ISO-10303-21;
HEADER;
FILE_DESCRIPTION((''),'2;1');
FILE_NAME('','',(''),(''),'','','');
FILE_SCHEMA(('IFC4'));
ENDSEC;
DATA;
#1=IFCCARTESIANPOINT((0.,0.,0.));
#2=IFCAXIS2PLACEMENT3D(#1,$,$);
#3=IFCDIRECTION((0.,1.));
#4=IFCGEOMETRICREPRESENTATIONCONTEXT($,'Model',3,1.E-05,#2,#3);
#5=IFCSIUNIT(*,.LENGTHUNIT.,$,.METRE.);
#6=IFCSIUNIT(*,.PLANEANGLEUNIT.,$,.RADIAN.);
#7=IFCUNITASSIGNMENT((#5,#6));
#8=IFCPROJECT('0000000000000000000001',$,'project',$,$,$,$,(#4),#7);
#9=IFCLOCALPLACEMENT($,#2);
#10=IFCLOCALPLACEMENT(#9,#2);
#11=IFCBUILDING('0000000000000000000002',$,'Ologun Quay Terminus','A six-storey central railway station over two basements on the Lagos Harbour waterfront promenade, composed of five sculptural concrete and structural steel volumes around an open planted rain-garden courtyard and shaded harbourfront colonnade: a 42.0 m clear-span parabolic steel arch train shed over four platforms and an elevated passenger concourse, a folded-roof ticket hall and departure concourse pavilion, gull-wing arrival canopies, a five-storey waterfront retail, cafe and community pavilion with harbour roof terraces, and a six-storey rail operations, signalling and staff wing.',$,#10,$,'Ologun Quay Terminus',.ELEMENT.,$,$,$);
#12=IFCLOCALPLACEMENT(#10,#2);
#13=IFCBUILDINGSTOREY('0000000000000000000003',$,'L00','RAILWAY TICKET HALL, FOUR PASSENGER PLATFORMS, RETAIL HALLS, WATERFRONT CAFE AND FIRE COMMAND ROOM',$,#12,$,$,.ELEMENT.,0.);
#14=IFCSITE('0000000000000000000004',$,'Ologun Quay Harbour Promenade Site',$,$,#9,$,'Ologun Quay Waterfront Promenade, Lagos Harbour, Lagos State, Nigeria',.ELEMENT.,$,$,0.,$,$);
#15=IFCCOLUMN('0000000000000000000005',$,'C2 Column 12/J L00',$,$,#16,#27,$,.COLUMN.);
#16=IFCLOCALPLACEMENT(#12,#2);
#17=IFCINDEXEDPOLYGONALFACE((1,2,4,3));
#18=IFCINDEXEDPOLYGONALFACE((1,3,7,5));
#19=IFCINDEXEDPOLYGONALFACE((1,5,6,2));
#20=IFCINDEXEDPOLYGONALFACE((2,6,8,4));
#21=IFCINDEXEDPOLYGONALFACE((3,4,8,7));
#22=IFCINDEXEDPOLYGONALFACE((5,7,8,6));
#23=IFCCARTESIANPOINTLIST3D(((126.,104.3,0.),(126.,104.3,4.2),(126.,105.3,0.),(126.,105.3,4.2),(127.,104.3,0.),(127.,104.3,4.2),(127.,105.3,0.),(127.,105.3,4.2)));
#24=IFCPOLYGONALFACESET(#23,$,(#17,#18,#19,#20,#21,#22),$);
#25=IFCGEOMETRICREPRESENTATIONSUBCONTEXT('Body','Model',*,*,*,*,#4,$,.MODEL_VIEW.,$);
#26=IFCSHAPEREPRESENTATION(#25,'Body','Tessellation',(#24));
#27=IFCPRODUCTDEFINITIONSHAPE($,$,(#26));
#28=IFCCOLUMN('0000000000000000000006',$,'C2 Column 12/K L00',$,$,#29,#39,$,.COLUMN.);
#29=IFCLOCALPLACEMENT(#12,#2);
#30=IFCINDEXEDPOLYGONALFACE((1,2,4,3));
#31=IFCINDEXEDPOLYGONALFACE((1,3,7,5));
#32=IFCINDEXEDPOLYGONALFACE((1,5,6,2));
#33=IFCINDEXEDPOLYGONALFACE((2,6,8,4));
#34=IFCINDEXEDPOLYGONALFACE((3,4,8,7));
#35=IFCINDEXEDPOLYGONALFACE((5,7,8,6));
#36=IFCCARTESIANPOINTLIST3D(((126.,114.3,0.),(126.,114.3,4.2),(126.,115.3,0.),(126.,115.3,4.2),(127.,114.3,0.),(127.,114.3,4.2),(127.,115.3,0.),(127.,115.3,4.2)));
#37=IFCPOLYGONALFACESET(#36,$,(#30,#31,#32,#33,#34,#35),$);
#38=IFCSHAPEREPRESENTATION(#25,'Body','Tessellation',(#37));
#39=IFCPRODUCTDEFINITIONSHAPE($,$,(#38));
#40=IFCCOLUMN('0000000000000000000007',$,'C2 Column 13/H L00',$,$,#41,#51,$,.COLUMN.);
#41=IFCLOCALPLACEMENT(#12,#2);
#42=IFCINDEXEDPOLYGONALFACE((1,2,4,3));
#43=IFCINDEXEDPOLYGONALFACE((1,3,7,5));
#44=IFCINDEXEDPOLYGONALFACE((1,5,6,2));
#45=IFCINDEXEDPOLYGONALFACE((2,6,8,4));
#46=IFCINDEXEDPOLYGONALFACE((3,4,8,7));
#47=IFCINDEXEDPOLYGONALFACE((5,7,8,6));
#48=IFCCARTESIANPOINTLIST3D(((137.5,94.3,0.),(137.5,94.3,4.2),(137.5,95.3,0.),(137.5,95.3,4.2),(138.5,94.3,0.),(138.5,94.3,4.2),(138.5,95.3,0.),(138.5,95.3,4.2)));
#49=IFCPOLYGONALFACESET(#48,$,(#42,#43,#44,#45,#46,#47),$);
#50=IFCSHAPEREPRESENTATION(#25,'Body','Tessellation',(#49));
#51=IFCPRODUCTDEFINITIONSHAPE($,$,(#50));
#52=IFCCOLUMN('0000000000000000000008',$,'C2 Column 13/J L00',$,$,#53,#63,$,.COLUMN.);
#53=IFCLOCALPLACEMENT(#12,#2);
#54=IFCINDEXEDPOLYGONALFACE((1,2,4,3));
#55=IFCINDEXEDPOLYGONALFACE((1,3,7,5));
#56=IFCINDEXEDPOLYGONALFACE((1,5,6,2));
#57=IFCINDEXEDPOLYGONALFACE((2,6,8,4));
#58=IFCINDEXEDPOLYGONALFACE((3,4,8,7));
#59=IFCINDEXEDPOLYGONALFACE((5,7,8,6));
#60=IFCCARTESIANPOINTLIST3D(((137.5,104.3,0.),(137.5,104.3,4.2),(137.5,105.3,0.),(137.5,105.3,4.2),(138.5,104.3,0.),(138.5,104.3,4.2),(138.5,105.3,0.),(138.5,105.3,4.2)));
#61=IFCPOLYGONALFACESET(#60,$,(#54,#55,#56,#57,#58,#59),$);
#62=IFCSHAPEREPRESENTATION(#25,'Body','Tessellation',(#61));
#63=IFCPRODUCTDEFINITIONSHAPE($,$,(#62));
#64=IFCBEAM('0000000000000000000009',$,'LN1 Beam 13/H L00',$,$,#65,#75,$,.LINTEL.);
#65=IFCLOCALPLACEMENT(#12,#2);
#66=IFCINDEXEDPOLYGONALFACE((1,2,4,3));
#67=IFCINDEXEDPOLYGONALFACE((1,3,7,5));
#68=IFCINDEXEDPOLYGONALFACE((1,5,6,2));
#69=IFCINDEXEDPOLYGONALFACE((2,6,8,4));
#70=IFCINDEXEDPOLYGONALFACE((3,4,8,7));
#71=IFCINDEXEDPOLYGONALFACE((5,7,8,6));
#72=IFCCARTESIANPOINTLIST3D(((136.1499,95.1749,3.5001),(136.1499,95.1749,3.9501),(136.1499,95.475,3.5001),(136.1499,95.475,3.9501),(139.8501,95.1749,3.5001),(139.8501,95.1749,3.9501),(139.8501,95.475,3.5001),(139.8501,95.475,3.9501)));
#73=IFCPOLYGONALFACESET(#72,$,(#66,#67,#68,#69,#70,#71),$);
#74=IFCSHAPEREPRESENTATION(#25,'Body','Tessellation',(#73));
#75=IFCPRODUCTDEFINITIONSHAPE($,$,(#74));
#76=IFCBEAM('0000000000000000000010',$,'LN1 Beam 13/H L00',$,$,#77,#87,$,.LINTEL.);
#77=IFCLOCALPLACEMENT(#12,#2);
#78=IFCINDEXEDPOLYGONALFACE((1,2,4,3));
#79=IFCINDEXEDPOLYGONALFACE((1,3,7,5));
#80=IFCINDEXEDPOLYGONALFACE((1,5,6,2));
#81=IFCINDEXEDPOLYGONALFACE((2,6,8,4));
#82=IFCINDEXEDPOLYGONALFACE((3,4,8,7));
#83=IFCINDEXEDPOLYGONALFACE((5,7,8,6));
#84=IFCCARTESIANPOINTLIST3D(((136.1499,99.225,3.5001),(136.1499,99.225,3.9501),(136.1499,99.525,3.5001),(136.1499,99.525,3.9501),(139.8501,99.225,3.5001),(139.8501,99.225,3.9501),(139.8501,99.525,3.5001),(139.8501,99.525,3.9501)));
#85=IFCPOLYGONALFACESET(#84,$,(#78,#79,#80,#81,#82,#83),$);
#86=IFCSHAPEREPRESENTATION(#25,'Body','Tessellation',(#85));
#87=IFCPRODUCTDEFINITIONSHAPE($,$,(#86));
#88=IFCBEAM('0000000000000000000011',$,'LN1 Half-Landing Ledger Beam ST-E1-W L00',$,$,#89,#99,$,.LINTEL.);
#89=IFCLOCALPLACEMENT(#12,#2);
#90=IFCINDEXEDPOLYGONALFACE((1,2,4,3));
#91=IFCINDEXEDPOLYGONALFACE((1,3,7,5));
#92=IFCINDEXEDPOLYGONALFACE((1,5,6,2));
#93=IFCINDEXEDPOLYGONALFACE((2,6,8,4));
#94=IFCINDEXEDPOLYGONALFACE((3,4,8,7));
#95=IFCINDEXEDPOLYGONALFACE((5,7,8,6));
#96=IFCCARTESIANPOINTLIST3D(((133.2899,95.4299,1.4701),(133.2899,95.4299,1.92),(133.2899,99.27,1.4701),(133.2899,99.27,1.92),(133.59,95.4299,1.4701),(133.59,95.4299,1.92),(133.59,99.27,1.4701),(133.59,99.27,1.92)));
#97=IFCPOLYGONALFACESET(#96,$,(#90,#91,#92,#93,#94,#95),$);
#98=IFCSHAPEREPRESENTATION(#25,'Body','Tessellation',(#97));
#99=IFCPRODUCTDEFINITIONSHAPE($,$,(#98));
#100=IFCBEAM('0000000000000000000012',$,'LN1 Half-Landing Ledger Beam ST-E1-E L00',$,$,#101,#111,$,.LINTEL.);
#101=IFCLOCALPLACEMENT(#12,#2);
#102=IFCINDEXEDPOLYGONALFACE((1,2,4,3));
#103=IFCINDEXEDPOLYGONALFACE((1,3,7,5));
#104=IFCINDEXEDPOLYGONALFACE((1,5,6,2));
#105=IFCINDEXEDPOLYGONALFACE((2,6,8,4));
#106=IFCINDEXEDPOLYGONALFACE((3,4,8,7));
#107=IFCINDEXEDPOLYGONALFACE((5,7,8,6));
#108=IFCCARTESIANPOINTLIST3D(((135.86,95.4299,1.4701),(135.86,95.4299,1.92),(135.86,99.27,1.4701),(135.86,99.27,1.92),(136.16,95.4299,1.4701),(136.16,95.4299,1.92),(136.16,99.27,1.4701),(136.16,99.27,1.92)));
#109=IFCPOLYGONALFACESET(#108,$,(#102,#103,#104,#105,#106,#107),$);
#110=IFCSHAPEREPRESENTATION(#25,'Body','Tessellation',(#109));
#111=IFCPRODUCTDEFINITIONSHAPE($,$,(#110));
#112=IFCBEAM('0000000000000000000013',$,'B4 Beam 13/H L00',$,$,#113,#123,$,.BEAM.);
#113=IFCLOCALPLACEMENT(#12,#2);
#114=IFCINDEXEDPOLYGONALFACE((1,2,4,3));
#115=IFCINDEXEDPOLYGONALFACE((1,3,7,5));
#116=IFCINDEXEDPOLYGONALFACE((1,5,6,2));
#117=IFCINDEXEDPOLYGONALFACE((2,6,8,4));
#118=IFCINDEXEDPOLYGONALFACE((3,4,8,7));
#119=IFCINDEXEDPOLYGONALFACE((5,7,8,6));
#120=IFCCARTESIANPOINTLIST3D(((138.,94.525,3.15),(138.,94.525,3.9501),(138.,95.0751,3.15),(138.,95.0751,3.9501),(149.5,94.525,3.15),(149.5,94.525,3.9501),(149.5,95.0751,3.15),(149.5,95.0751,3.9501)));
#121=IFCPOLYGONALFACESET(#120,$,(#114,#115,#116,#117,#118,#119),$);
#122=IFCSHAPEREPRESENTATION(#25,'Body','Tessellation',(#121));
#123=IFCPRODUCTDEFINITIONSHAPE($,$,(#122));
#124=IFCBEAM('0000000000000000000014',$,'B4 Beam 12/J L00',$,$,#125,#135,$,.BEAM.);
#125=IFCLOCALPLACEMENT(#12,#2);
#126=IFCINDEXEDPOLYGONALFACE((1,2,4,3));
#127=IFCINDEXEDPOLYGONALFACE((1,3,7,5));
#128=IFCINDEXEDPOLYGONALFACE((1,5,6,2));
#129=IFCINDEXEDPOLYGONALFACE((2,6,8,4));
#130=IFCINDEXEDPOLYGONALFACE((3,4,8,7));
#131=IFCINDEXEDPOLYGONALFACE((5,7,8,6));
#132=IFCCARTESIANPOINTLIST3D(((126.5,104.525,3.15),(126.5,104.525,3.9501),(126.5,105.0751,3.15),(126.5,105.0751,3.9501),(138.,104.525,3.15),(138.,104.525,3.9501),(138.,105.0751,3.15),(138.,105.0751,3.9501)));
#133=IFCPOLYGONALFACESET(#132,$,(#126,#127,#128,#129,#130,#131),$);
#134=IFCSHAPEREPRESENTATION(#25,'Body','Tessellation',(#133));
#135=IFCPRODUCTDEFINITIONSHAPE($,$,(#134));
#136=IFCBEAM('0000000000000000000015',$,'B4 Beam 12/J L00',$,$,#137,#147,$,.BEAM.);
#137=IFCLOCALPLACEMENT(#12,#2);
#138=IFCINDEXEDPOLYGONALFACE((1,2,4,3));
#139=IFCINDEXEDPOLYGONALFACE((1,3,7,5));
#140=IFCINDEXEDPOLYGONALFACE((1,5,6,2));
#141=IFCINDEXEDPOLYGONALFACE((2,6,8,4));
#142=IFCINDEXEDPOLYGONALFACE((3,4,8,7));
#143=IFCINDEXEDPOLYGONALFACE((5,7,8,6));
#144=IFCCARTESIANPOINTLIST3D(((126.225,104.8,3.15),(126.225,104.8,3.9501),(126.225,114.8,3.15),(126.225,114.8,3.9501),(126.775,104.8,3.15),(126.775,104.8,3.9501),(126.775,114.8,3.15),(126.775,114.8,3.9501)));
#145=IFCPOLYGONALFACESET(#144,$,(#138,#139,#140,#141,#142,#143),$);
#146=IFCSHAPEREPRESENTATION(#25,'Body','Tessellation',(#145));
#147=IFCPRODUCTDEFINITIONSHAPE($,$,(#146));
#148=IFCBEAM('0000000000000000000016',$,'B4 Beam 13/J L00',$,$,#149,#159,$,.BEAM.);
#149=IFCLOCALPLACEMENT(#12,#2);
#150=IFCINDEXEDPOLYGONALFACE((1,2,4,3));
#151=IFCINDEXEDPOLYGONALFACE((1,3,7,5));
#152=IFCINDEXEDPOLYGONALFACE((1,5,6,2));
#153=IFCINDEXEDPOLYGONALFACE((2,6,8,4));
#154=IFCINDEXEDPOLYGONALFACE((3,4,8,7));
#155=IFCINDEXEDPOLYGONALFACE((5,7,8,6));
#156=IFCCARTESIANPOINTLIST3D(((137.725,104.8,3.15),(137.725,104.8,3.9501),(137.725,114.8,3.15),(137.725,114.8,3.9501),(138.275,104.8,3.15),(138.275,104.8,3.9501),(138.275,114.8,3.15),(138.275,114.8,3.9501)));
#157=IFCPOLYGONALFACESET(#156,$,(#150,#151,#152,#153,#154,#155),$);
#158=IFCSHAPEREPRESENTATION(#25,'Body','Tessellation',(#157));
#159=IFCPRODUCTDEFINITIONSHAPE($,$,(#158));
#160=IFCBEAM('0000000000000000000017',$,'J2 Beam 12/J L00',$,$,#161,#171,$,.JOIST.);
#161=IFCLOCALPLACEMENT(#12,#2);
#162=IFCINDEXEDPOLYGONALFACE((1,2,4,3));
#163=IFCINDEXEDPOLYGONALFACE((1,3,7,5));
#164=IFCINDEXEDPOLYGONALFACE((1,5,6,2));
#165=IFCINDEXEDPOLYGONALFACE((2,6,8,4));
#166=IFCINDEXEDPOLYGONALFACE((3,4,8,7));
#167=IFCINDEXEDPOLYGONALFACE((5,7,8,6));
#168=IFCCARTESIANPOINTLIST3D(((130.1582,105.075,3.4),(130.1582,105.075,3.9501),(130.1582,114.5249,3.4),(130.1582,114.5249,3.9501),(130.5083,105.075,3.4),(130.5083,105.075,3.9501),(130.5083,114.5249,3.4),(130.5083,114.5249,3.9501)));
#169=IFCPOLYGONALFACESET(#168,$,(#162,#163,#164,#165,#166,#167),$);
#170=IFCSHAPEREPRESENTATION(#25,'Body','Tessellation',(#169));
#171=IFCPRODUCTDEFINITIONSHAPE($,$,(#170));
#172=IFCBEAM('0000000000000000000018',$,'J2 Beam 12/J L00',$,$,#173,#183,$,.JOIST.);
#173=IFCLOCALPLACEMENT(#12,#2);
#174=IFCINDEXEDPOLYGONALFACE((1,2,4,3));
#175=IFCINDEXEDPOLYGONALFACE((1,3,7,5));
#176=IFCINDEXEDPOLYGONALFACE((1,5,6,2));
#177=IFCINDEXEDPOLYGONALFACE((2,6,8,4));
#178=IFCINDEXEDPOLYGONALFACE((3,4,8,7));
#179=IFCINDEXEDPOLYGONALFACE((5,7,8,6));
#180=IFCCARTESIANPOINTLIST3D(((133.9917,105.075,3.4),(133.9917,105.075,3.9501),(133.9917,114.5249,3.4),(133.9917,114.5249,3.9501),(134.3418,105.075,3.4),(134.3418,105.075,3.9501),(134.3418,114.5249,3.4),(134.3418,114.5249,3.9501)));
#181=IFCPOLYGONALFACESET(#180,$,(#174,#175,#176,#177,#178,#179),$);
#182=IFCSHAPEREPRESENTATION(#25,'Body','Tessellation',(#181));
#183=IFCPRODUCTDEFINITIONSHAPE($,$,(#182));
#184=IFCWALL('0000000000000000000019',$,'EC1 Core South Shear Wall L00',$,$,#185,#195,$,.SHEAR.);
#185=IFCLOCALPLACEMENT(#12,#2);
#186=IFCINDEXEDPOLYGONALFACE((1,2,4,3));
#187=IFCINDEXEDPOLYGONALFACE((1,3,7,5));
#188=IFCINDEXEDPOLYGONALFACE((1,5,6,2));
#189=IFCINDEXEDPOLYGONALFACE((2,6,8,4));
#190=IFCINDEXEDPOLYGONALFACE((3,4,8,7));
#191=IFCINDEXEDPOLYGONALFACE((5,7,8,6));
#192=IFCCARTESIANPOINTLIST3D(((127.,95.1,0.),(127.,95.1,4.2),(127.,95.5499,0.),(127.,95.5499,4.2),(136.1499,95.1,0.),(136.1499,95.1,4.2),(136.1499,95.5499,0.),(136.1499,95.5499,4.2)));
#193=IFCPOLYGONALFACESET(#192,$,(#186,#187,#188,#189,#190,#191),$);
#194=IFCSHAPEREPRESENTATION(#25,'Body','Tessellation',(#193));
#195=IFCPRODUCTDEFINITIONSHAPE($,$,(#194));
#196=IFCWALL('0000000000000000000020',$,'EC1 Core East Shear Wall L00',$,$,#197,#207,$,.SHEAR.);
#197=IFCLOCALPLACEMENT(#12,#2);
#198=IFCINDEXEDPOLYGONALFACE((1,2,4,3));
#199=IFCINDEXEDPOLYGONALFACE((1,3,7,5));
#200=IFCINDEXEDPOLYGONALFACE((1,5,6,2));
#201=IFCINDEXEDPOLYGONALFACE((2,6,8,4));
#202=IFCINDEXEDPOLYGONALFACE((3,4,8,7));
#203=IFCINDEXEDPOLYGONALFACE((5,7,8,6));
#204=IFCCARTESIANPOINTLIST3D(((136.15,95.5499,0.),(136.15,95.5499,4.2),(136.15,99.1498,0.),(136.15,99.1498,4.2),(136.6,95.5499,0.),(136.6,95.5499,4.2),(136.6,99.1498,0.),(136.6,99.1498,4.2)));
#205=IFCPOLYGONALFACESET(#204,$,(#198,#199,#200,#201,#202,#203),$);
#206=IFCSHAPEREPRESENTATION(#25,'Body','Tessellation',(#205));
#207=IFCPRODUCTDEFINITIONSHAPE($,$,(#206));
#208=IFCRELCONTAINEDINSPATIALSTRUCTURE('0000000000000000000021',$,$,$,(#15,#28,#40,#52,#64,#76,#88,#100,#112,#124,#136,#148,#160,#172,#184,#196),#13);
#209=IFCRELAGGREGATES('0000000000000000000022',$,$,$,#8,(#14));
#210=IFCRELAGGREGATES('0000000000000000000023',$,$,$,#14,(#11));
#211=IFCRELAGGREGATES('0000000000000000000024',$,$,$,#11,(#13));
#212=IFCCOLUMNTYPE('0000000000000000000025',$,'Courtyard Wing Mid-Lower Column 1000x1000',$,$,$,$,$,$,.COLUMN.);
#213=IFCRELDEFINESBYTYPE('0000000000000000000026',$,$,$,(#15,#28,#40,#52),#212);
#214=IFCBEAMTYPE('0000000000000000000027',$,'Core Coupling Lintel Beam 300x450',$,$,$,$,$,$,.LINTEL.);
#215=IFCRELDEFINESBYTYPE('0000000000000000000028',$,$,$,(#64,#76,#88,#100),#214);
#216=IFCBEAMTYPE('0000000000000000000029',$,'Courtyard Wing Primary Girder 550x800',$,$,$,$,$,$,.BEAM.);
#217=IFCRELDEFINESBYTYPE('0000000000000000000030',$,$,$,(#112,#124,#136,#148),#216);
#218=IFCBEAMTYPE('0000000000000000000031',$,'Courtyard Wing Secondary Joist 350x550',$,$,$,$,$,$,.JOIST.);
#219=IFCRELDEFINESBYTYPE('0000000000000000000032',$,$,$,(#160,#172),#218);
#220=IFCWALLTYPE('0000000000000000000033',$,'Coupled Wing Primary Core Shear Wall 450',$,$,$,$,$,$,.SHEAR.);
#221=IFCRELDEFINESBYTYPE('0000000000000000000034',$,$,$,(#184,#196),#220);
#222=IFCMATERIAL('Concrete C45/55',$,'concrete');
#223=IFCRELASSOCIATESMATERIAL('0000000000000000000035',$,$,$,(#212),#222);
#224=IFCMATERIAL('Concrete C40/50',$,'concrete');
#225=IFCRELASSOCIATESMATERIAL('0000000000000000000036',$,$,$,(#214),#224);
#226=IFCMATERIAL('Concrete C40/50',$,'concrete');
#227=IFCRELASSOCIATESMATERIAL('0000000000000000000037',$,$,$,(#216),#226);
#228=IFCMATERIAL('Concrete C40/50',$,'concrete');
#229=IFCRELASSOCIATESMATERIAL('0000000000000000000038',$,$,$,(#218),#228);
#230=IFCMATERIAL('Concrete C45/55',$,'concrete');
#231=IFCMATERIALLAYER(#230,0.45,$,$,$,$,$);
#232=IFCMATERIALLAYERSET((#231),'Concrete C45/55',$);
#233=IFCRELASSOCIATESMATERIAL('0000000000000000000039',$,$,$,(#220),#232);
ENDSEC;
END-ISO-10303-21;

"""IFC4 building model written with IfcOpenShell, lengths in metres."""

from ifc_helpers import new_model, si_unit, direction, frame, frame_2d, origin, origin_2d, place, context, subcontext, project, spatial, rectangle, extrude, material, layer, layer_set, material_profile, profile_set, type_object, element, save


model = new_model("IFC4")

# Units and contexts
model_context = context("Model", 3, precision=1e-05, world=origin(), true_north=direction((0.0, 1.0)))
body_context = subcontext(model_context, "Body", "Model", "MODEL_VIEW")
ifc_project = project(units=[si_unit("LENGTHUNIT", "METRE"), si_unit("PLANEANGLEUNIT", "RADIAN")], contexts=[model_context])

# Site, building, storey
site_placement = place(None, origin())
site = spatial("IfcSite", under=ifc_project, at=site_placement, Name="Ologun Quay Harbour Promenade Site", LongName="Ologun Quay Waterfront Promenade, Lagos Harbour, Lagos State, Nigeria", CompositionType="ELEMENT", RefElevation=0.0)
building_placement = place(site_placement, origin())
building = spatial("IfcBuilding", under=site, at=building_placement, Name="Ologun Quay Terminus", Description="A six-storey central railway station over two basements on the Lagos Harbour waterfront promenade, composed of five sculptural concrete and structural steel volumes around an open planted rain-garden courtyard and shaded harbourfront colonnade: a 42.0 m clear-span parabolic steel arch train shed over four platforms and an elevated passenger concourse, a folded-roof ticket hall and departure concourse pavilion, gull-wing arrival canopies, a five-storey waterfront retail, cafe and community pavilion with harbour roof terraces, and a six-storey rail operations, signalling and staff wing.", LongName="Ologun Quay Terminus", CompositionType="ELEMENT")
storey_placement = place(building_placement, origin())
storey = spatial("IfcBuildingStorey", under=building, at=storey_placement, Name="L00", Description="RAILWAY TICKET HALL, FOUR PASSENGER PLATFORMS, RETAIL HALLS, WATERFRONT CAFE AND FIRE COMMAND ROOM", CompositionType="ELEMENT", Elevation=0.0)

# Columns
ifc_material_1 = material(Name="Concrete C45/55", Category="concrete")
ifc_material_profile_1 = material_profile(ifc_material_1, rectangle(XDim=1.0, YDim=1.0, at=origin_2d()), Name="RC 1000x1000")
ifc_profile_set_1 = profile_set([ifc_material_profile_1], Name="Concrete C45/55")
column_type = type_object("IfcColumnType", Name="Courtyard Wing Mid-Lower Column 1000x1000", PredefinedType="COLUMN", material=ifc_profile_set_1)
for number, where, z_axis, x_axis, name in (
    (1, (126.5, 104.8, 0.0), (0.0, 0.0, 1.0), (1.0, 0.0, 0.0), "C2 Column 12/J L00"),
    (2, (126.5, 114.8, 0.0), (0.0, 0.0, 1.0), (1.0, 0.0, 0.0), "C2 Column 12/K L00"),
    (3, (138.0, 94.8, 0.0), (0.0, 0.0, 1.0), (1.0, 0.0, 0.0), "C2 Column 13/H L00"),
    (4, (138.0, 104.8, 0.0), (0.0, 0.0, 1.0), (1.0, 0.0, 0.0), "C2 Column 13/J L00"),
):
    element("IfcColumn", number, at=place(storey_placement, frame(where, z_axis=z_axis, x_axis=x_axis)), inside=storey, type_object=column_type, Name=name, PredefinedType="COLUMN", context=body_context, shape_type="SweptSolid", body=[
        extrude(rectangle(XDim=1.0, YDim=1.0, at=origin_2d()), origin(), (0.0, 0.0, 1.0), 4.2),
    ])

# Beams
ifc_material_2 = material(Name="Concrete C40/50", Category="concrete")
ifc_material_profile_2 = material_profile(ifc_material_2, rectangle(XDim=0.3, YDim=0.45, at=origin_2d()), Name="RC 300x450")
ifc_profile_set_2 = profile_set([ifc_material_profile_2], Name="Concrete C40/50")
beam_type_1 = type_object("IfcBeamType", Name="Core Coupling Lintel Beam 300x450", PredefinedType="LINTEL", material=ifc_profile_set_2)
for number, where, z_axis, x_axis, name in (
    (5, (136.1499, 95.325, 3.7251), (1.0, 0.0, 0.0), (0.0, 1.0, 0.0), "LN1 Beam 13/H L00"),
    (6, (136.1499, 99.375, 3.7251), (1.0, 0.0, 0.0), (0.0, 1.0, 0.0), "LN1 Beam 13/H L00"),
):
    element("IfcBeam", number, at=place(storey_placement, frame(where, z_axis=z_axis, x_axis=x_axis)), inside=storey, type_object=beam_type_1, Name=name, PredefinedType="LINTEL", context=body_context, shape_type="SweptSolid", body=[
        extrude(rectangle(XDim=0.3, YDim=0.45, at=origin_2d()), origin(), (0.0, 0.0, 1.0), 3.7002),
    ])
for number, where, z_axis, x_axis, name in (
    (7, (133.4399, 95.4299, 1.6951), (0.0, 1.0, 0.0), (-1.0, 0.0, 0.0), "LN1 Half-Landing Ledger Beam ST-E1-W L00"),
    (8, (136.01, 95.4299, 1.6951), (0.0, 1.0, 0.0), (-1.0, 0.0, 0.0), "LN1 Half-Landing Ledger Beam ST-E1-E L00"),
):
    element("IfcBeam", number, at=place(storey_placement, frame(where, z_axis=z_axis, x_axis=x_axis)), inside=storey, type_object=beam_type_1, Name=name, PredefinedType="LINTEL", context=body_context, shape_type="SweptSolid", body=[
        extrude(rectangle(XDim=0.3, YDim=0.45, at=origin_2d()), origin(), (0.0, 0.0, 1.0), 3.8401),
    ])
ifc_material_3 = material(Name="Concrete C40/50", Category="concrete")
ifc_material_profile_3 = material_profile(ifc_material_3, rectangle(XDim=0.55, YDim=0.8, at=origin_2d()), Name="RC 550x800")
ifc_profile_set_3 = profile_set([ifc_material_profile_3], Name="Concrete C40/50")
beam_type_2 = type_object("IfcBeamType", Name="Courtyard Wing Primary Girder 550x800", PredefinedType="BEAM", material=ifc_profile_set_3)
for number, where, z_axis, x_axis, name in (
    (9, (138.0, 94.8, 3.55), (1.0, 0.0, 0.0), (0.0, 1.0, 0.0), "B4 Beam 13/H L00"),
    (10, (126.5, 104.8, 3.55), (1.0, 0.0, 0.0), (0.0, 1.0, 0.0), "B4 Beam 12/J L00"),
):
    element("IfcBeam", number, at=place(storey_placement, frame(where, z_axis=z_axis, x_axis=x_axis)), inside=storey, type_object=beam_type_2, Name=name, PredefinedType="BEAM", context=body_context, shape_type="SweptSolid", body=[
        extrude(rectangle(XDim=0.55, YDim=0.8, at=origin_2d()), origin(), (0.0, 0.0, 1.0), 11.5),
    ])
for number, where, z_axis, x_axis, name in (
    (11, (126.5, 104.8, 3.55), (0.0, 1.0, 0.0), (-1.0, 0.0, 0.0), "B4 Beam 12/J L00"),
    (12, (138.0, 104.8, 3.55), (0.0, 1.0, 0.0), (-1.0, 0.0, 0.0), "B4 Beam 13/J L00"),
):
    element("IfcBeam", number, at=place(storey_placement, frame(where, z_axis=z_axis, x_axis=x_axis)), inside=storey, type_object=beam_type_2, Name=name, PredefinedType="BEAM", context=body_context, shape_type="SweptSolid", body=[
        extrude(rectangle(XDim=0.55, YDim=0.8, at=origin_2d()), origin(), (0.0, 0.0, 1.0), 10.0),
    ])
ifc_material_4 = material(Name="Concrete C40/50", Category="concrete")
ifc_material_profile_4 = material_profile(ifc_material_4, rectangle(XDim=0.3501, YDim=0.55, at=origin_2d()), Name="RC 350x550")
ifc_profile_set_4 = profile_set([ifc_material_profile_4], Name="Concrete C40/50")
beam_type_3 = type_object("IfcBeamType", Name="Courtyard Wing Secondary Joist 350x550", PredefinedType="JOIST", material=ifc_profile_set_4)
for number, where, z_axis, x_axis, name in (
    (13, (130.3333, 105.075, 3.675), (0.0, 1.0, 0.0), (-1.0, 0.0, 0.0), "J2 Beam 12/J L00"),
    (14, (134.1667, 105.075, 3.675), (0.0, 1.0, 0.0), (-1.0, 0.0, 0.0), "J2 Beam 12/J L00"),
):
    element("IfcBeam", number, at=place(storey_placement, frame(where, z_axis=z_axis, x_axis=x_axis)), inside=storey, type_object=beam_type_3, Name=name, PredefinedType="JOIST", context=body_context, shape_type="SweptSolid", body=[
        extrude(rectangle(XDim=0.3501, YDim=0.55, at=origin_2d()), origin(), (0.0, 0.0, 1.0), 9.45),
    ])

# Wall
ifc_material_5 = material(Name="Concrete C45/55", Category="concrete")
ifc_layer_1 = layer(ifc_material_5, 0.45)
ifc_layer_set_1 = layer_set([ifc_layer_1], Name="Concrete C45/55")
wall_type_1 = type_object("IfcWallType", Name="Coupled Wing Primary Core Shear Wall 450", PredefinedType="SHEAR", material=ifc_layer_set_1)
wall_1_placement = place(storey_placement, frame((127.0, 95.325, 0.0), z_axis=(0.0, 0.0, 1.0), x_axis=(1.0, 0.0, 0.0)))
element("IfcWall", 15, at=wall_1_placement, inside=storey, type_object=wall_type_1, Name="EC1 Core South Shear Wall L00", PredefinedType="SHEAR", context=body_context, shape_type="SweptSolid", body=[
    extrude(rectangle(XDim=9.1499, YDim=0.45, at=frame_2d((4.575, 0.0))), origin(), (0.0, 0.0, 1.0), 4.2),
])

# Wall
wall_2_placement = place(storey_placement, frame((136.375, 95.55, 0.0), z_axis=(0.0, 0.0, 1.0), x_axis=(0.0, 1.0, 0.0)))
element("IfcWall", 16, at=wall_2_placement, inside=storey, type_object=wall_type_1, Name="EC1 Core East Shear Wall L00", PredefinedType="SHEAR", context=body_context, shape_type="SweptSolid", body=[
    extrude(rectangle(XDim=3.5999, YDim=0.45, at=frame_2d((1.7998, 0.0))), origin(), (0.0, 0.0, 1.0), 4.2),
])

save(model, "model.ifc")
